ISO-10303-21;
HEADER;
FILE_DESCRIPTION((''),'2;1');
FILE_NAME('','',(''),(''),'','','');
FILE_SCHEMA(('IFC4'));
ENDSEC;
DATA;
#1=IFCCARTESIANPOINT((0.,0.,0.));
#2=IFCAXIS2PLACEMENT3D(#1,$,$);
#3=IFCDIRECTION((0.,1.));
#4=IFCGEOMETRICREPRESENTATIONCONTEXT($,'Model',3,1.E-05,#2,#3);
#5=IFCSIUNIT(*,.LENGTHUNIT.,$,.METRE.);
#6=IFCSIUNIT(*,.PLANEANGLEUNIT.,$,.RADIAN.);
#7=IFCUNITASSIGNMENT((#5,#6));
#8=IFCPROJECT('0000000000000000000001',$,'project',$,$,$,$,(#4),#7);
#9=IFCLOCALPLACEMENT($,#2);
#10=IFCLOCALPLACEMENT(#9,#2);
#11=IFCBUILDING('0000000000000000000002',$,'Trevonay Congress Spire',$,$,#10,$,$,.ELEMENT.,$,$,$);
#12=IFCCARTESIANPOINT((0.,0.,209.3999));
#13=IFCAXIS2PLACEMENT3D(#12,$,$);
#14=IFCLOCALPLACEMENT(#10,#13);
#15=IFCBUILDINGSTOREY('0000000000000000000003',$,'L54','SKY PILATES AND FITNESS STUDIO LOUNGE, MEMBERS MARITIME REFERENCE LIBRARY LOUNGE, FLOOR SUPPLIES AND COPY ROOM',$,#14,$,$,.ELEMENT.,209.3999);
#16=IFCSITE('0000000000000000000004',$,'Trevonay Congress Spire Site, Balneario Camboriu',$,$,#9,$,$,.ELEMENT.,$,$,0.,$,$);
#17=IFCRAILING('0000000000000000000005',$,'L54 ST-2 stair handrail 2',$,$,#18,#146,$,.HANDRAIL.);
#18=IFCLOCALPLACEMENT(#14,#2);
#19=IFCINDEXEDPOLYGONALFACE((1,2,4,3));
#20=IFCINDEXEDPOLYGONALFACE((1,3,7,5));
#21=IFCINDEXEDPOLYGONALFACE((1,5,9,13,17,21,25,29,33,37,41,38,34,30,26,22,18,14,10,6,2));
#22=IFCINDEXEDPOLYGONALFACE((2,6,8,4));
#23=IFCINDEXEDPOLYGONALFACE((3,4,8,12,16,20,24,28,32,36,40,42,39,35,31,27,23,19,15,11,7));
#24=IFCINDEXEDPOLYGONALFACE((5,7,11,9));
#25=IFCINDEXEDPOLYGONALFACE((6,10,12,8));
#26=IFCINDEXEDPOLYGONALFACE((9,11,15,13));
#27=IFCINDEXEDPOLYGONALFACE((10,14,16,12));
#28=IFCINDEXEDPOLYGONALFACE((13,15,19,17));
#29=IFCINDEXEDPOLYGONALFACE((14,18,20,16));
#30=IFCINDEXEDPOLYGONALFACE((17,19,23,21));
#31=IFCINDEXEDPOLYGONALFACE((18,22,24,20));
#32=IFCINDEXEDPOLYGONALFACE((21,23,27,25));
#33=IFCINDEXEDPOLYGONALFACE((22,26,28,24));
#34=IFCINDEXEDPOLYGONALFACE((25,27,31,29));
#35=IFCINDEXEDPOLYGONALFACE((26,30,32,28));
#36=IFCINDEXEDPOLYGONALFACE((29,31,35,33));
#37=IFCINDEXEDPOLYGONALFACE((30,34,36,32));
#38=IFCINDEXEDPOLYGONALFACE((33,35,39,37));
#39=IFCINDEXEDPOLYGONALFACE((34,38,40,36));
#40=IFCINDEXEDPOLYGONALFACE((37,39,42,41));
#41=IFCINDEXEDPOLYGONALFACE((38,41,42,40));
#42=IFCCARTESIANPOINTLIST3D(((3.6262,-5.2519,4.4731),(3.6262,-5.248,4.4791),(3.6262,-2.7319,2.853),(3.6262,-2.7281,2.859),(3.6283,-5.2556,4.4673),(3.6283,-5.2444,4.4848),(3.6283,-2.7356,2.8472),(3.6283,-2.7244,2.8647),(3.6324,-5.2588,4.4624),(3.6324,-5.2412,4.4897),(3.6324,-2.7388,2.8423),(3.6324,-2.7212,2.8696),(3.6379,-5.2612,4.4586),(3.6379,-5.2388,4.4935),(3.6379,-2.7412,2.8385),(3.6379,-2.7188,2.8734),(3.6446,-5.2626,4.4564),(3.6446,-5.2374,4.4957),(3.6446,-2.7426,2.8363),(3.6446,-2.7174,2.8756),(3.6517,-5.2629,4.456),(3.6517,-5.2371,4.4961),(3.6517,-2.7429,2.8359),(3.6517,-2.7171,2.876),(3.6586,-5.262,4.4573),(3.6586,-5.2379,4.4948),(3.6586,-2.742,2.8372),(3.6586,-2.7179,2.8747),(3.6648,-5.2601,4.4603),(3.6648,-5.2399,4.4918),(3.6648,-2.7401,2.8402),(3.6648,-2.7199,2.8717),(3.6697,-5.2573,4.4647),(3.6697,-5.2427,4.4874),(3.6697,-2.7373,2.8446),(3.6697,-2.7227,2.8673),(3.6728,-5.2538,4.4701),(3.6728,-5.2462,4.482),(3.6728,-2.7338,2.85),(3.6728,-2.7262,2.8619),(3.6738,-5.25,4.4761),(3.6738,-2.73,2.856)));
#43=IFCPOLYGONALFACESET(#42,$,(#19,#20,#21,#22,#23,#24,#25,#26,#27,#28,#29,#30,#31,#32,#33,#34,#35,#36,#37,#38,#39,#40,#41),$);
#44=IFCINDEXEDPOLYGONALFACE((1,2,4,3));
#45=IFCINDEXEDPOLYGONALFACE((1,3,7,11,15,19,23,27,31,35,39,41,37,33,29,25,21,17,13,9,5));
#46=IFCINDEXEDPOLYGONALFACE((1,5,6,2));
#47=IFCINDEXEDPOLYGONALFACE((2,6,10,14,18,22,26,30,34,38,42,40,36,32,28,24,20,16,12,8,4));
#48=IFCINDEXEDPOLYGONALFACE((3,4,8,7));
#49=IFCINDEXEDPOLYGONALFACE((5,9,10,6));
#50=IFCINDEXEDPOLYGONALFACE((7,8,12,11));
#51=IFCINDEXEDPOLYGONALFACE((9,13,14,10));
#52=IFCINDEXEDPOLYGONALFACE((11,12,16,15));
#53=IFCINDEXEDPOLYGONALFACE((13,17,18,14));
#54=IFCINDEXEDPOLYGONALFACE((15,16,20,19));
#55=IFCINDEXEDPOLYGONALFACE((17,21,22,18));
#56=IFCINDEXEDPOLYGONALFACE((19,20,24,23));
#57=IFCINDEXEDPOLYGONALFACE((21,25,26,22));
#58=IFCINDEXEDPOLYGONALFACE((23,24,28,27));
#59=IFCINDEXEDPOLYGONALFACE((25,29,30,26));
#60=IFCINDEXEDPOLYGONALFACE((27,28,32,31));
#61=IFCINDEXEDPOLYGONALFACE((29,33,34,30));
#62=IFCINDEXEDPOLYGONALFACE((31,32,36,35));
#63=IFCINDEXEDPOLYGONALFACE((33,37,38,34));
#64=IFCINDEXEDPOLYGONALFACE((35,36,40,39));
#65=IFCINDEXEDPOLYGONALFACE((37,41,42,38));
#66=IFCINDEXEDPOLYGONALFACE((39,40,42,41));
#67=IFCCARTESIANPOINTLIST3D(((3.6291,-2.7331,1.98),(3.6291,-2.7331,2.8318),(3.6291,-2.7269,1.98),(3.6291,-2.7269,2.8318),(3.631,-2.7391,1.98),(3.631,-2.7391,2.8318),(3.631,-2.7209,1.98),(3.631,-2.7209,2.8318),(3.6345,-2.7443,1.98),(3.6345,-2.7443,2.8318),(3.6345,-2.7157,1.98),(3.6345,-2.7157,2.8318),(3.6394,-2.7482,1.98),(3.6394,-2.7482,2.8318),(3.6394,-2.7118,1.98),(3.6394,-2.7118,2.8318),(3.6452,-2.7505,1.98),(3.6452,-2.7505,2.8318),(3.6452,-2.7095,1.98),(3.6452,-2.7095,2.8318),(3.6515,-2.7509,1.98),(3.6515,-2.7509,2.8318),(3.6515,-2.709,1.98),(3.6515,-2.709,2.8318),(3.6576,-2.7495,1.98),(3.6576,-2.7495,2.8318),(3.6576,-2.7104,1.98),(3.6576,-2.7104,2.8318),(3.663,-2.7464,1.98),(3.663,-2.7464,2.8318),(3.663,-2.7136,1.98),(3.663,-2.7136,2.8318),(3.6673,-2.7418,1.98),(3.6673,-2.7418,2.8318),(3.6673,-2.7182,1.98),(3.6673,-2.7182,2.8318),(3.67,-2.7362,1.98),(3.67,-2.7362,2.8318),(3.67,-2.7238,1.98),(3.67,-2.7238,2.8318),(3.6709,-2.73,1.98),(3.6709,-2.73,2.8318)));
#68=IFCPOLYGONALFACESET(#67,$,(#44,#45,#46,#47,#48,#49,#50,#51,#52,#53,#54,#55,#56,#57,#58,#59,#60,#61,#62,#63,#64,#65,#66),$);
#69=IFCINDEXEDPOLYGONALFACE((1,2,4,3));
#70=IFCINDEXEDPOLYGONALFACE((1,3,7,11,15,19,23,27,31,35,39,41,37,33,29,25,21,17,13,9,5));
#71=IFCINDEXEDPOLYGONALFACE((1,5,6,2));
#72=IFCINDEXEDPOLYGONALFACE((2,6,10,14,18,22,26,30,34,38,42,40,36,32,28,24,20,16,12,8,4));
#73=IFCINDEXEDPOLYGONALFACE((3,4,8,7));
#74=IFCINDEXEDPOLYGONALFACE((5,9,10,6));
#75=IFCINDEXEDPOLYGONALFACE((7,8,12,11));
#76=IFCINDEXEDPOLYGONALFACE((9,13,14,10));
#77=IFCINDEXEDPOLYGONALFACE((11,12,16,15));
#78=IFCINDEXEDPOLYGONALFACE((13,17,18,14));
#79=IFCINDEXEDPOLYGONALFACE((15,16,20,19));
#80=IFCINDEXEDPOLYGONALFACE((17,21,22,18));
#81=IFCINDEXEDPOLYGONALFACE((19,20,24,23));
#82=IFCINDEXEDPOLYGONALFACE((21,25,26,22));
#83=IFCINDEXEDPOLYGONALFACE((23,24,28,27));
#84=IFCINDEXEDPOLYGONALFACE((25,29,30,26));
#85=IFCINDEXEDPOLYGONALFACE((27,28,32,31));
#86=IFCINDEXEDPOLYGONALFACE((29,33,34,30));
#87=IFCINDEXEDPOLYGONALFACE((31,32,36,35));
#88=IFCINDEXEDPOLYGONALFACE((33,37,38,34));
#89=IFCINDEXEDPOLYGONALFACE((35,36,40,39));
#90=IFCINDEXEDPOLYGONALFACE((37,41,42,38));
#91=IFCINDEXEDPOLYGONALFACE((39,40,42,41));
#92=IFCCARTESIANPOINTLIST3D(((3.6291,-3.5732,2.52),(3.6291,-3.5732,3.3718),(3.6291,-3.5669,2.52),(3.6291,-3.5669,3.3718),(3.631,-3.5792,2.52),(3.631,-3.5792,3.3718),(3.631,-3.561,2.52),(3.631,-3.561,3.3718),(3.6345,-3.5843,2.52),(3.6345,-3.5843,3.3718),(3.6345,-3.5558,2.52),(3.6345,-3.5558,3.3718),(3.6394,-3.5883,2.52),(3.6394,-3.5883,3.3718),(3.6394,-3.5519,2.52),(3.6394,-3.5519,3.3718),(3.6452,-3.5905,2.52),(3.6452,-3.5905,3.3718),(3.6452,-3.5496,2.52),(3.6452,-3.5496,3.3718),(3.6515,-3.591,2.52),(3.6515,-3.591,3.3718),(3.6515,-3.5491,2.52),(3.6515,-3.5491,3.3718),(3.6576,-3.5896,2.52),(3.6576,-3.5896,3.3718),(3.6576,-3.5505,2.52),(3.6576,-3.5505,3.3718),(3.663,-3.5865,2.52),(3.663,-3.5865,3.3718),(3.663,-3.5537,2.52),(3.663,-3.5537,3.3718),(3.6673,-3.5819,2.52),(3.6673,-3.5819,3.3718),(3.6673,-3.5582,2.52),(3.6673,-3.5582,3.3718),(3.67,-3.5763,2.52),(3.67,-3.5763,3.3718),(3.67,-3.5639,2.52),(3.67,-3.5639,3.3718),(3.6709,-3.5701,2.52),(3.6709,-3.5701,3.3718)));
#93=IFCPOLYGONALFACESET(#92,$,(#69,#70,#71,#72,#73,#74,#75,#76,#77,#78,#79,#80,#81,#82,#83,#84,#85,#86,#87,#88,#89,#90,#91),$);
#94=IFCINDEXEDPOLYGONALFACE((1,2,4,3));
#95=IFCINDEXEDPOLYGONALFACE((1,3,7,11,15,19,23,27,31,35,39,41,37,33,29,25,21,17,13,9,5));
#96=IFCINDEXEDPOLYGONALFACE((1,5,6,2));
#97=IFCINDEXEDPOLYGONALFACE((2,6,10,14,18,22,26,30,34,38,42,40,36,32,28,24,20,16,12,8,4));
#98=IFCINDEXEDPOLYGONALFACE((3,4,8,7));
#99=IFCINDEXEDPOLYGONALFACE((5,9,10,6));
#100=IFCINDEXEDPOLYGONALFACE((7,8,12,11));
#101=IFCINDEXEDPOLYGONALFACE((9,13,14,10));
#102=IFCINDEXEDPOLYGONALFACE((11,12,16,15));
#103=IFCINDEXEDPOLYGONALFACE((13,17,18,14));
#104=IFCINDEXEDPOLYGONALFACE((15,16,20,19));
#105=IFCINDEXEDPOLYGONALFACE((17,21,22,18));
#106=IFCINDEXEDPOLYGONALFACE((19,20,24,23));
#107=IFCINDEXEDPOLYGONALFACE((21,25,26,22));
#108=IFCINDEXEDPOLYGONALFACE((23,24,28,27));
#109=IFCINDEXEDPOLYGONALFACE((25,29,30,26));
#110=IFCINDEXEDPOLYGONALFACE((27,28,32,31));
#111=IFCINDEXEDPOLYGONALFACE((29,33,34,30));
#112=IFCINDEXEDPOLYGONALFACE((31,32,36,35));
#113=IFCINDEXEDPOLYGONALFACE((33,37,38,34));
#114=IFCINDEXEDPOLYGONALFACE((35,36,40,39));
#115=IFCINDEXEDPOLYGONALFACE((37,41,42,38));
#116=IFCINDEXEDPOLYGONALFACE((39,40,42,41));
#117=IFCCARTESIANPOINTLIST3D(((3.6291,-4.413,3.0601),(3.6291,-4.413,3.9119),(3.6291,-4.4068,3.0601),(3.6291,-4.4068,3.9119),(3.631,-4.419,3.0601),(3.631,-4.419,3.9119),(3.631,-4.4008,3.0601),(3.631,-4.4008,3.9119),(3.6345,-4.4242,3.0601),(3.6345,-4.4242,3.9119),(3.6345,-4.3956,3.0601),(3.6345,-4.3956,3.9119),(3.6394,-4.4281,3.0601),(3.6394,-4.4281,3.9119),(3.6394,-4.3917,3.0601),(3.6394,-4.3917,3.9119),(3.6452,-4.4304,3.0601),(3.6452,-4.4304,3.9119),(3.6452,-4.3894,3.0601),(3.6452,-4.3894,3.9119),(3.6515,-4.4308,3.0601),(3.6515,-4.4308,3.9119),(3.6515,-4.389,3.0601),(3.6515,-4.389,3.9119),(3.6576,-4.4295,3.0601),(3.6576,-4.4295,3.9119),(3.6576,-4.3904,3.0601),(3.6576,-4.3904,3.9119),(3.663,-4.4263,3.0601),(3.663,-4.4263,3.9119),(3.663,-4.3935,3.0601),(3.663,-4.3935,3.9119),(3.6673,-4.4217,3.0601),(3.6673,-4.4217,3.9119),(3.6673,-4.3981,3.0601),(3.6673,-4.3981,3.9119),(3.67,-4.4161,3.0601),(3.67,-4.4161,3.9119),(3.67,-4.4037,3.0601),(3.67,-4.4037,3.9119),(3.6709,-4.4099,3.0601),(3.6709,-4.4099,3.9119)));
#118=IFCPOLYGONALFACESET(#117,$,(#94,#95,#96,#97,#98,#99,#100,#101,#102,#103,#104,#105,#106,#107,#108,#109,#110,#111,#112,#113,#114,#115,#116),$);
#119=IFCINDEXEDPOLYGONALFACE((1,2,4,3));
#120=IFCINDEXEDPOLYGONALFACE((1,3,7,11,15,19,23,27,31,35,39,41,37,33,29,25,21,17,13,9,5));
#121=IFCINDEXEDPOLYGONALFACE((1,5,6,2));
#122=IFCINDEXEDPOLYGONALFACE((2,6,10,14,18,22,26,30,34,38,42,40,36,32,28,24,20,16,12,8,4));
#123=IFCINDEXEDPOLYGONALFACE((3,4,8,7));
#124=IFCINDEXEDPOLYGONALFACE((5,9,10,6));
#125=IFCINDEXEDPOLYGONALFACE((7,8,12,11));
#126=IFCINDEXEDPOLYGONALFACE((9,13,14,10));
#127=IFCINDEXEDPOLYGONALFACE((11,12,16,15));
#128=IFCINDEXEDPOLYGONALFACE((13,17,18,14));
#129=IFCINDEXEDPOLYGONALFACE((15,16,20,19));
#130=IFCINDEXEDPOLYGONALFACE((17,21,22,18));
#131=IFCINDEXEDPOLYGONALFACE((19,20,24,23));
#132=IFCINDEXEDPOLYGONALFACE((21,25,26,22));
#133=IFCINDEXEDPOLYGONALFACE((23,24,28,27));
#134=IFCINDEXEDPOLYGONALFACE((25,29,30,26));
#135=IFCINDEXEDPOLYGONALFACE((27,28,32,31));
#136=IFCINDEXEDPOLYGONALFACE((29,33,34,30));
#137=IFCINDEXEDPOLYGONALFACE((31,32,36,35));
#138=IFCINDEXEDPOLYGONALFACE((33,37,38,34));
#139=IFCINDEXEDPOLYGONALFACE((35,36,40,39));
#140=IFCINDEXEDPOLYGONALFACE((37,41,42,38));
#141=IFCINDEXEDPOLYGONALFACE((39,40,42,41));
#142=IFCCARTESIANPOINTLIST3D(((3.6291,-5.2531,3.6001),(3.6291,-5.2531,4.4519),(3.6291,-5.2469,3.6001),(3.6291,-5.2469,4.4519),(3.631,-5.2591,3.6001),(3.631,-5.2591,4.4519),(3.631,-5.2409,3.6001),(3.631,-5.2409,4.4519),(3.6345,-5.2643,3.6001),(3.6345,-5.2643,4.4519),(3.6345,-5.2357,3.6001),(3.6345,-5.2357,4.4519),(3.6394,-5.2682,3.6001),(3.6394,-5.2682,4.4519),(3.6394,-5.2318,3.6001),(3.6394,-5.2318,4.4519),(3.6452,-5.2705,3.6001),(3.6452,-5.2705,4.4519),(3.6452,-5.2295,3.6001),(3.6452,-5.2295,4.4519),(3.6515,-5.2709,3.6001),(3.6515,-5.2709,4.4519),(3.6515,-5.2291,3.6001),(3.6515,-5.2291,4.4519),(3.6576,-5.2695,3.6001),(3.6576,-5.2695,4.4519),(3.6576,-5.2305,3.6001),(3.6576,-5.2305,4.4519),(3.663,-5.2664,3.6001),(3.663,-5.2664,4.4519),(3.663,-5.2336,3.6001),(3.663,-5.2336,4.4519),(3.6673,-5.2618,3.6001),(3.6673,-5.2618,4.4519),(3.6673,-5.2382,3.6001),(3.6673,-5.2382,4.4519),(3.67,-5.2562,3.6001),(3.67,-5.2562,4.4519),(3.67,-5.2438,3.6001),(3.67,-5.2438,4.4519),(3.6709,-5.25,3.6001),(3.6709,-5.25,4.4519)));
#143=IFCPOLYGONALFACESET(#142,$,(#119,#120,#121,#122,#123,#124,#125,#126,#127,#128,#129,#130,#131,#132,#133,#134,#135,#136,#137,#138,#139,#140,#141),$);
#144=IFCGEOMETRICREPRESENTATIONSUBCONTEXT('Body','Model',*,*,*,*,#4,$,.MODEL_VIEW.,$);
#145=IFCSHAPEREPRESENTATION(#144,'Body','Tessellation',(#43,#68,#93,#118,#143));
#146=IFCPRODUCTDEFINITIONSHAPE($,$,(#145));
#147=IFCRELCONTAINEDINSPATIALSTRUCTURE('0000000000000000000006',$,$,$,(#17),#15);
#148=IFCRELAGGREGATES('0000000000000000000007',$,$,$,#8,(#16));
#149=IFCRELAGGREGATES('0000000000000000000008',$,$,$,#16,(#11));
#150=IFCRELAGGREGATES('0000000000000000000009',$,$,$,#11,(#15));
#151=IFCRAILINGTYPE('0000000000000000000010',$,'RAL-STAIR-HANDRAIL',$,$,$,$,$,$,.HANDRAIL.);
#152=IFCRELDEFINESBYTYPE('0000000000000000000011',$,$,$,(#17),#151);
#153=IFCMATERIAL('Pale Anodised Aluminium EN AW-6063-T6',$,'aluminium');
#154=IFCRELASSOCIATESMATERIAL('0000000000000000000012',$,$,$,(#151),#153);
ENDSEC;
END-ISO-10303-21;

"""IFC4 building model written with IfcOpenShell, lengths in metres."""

from ifc_helpers import new_model, si_unit, direction, frame, origin, origin_2d, place, context, subcontext, project, spatial, circle, extrude, material, type_object, element, save


model = new_model("IFC4")

# Units and contexts
model_context = context("Model", 3, precision=1e-05, world=origin(), true_north=direction((0.0, 1.0)))
body_context = subcontext(model_context, "Body", "Model", "MODEL_VIEW")
ifc_project = project(units=[si_unit("LENGTHUNIT", "METRE"), si_unit("PLANEANGLEUNIT", "RADIAN")], contexts=[model_context])

# Site, building, storey
site_placement = place(None, origin())
site = spatial("IfcSite", under=ifc_project, at=site_placement, Name="Trevonay Congress Spire Site, Balneario Camboriu", CompositionType="ELEMENT", RefElevation=0.0)
building_placement = place(site_placement, origin())
building = spatial("IfcBuilding", under=site, at=building_placement, Name="Trevonay Congress Spire", CompositionType="ELEMENT")
storey_placement = place(building_placement, frame((0.0, 0.0, 209.3999)))
storey = spatial("IfcBuildingStorey", under=building, at=storey_placement, Name="L54", Description="SKY PILATES AND FITNESS STUDIO LOUNGE, MEMBERS MARITIME REFERENCE LIBRARY LOUNGE, FLOOR SUPPLIES AND COPY ROOM", CompositionType="ELEMENT", Elevation=209.3999)

# Shared definitions
ifc_material_1 = material(Name="Pale Anodised Aluminium EN AW-6063-T6", Category="aluminium")

# Railing
railing_type_1 = type_object("IfcRailingType", Name="RAL-STAIR-HANDRAIL", PredefinedType="HANDRAIL", material=ifc_material_1)
railing_1_placement = place(storey_placement, frame((3.6499, -2.73, 1.98)))
element("IfcRailing", 1, at=railing_1_placement, inside=storey, type_object=railing_type_1, Name="L54 ST-2 stair handrail 2", PredefinedType="HANDRAIL", context=body_context, shape_type="SweptSolid", body=[
    extrude(circle(Radius=0.0239, at=origin_2d()), frame((0.0, 0.0, 0.876), z_axis=(0.0, -0.841163, 0.540782), x_axis=(1.0, 0.0, 0.0)), (0.0, 0.0, 1.0), 2.9958),
    extrude(circle(Radius=0.021, at=origin_2d()), origin(), (0.0, 0.0, 1.0), 0.8518),
    extrude(circle(Radius=0.021, at=origin_2d()), frame((0.0, -0.8401, 0.54)), (0.0, 0.0, 1.0), 0.8518),
    extrude(circle(Radius=0.021, at=origin_2d()), frame((0.0, -1.6799, 1.0801)), (0.0, 0.0, 1.0), 0.8518),
    extrude(circle(Radius=0.021, at=origin_2d()), frame((0.0, -2.52, 1.6201)), (0.0, 0.0, 1.0), 0.8518),
])

save(model, "model.ifc")
